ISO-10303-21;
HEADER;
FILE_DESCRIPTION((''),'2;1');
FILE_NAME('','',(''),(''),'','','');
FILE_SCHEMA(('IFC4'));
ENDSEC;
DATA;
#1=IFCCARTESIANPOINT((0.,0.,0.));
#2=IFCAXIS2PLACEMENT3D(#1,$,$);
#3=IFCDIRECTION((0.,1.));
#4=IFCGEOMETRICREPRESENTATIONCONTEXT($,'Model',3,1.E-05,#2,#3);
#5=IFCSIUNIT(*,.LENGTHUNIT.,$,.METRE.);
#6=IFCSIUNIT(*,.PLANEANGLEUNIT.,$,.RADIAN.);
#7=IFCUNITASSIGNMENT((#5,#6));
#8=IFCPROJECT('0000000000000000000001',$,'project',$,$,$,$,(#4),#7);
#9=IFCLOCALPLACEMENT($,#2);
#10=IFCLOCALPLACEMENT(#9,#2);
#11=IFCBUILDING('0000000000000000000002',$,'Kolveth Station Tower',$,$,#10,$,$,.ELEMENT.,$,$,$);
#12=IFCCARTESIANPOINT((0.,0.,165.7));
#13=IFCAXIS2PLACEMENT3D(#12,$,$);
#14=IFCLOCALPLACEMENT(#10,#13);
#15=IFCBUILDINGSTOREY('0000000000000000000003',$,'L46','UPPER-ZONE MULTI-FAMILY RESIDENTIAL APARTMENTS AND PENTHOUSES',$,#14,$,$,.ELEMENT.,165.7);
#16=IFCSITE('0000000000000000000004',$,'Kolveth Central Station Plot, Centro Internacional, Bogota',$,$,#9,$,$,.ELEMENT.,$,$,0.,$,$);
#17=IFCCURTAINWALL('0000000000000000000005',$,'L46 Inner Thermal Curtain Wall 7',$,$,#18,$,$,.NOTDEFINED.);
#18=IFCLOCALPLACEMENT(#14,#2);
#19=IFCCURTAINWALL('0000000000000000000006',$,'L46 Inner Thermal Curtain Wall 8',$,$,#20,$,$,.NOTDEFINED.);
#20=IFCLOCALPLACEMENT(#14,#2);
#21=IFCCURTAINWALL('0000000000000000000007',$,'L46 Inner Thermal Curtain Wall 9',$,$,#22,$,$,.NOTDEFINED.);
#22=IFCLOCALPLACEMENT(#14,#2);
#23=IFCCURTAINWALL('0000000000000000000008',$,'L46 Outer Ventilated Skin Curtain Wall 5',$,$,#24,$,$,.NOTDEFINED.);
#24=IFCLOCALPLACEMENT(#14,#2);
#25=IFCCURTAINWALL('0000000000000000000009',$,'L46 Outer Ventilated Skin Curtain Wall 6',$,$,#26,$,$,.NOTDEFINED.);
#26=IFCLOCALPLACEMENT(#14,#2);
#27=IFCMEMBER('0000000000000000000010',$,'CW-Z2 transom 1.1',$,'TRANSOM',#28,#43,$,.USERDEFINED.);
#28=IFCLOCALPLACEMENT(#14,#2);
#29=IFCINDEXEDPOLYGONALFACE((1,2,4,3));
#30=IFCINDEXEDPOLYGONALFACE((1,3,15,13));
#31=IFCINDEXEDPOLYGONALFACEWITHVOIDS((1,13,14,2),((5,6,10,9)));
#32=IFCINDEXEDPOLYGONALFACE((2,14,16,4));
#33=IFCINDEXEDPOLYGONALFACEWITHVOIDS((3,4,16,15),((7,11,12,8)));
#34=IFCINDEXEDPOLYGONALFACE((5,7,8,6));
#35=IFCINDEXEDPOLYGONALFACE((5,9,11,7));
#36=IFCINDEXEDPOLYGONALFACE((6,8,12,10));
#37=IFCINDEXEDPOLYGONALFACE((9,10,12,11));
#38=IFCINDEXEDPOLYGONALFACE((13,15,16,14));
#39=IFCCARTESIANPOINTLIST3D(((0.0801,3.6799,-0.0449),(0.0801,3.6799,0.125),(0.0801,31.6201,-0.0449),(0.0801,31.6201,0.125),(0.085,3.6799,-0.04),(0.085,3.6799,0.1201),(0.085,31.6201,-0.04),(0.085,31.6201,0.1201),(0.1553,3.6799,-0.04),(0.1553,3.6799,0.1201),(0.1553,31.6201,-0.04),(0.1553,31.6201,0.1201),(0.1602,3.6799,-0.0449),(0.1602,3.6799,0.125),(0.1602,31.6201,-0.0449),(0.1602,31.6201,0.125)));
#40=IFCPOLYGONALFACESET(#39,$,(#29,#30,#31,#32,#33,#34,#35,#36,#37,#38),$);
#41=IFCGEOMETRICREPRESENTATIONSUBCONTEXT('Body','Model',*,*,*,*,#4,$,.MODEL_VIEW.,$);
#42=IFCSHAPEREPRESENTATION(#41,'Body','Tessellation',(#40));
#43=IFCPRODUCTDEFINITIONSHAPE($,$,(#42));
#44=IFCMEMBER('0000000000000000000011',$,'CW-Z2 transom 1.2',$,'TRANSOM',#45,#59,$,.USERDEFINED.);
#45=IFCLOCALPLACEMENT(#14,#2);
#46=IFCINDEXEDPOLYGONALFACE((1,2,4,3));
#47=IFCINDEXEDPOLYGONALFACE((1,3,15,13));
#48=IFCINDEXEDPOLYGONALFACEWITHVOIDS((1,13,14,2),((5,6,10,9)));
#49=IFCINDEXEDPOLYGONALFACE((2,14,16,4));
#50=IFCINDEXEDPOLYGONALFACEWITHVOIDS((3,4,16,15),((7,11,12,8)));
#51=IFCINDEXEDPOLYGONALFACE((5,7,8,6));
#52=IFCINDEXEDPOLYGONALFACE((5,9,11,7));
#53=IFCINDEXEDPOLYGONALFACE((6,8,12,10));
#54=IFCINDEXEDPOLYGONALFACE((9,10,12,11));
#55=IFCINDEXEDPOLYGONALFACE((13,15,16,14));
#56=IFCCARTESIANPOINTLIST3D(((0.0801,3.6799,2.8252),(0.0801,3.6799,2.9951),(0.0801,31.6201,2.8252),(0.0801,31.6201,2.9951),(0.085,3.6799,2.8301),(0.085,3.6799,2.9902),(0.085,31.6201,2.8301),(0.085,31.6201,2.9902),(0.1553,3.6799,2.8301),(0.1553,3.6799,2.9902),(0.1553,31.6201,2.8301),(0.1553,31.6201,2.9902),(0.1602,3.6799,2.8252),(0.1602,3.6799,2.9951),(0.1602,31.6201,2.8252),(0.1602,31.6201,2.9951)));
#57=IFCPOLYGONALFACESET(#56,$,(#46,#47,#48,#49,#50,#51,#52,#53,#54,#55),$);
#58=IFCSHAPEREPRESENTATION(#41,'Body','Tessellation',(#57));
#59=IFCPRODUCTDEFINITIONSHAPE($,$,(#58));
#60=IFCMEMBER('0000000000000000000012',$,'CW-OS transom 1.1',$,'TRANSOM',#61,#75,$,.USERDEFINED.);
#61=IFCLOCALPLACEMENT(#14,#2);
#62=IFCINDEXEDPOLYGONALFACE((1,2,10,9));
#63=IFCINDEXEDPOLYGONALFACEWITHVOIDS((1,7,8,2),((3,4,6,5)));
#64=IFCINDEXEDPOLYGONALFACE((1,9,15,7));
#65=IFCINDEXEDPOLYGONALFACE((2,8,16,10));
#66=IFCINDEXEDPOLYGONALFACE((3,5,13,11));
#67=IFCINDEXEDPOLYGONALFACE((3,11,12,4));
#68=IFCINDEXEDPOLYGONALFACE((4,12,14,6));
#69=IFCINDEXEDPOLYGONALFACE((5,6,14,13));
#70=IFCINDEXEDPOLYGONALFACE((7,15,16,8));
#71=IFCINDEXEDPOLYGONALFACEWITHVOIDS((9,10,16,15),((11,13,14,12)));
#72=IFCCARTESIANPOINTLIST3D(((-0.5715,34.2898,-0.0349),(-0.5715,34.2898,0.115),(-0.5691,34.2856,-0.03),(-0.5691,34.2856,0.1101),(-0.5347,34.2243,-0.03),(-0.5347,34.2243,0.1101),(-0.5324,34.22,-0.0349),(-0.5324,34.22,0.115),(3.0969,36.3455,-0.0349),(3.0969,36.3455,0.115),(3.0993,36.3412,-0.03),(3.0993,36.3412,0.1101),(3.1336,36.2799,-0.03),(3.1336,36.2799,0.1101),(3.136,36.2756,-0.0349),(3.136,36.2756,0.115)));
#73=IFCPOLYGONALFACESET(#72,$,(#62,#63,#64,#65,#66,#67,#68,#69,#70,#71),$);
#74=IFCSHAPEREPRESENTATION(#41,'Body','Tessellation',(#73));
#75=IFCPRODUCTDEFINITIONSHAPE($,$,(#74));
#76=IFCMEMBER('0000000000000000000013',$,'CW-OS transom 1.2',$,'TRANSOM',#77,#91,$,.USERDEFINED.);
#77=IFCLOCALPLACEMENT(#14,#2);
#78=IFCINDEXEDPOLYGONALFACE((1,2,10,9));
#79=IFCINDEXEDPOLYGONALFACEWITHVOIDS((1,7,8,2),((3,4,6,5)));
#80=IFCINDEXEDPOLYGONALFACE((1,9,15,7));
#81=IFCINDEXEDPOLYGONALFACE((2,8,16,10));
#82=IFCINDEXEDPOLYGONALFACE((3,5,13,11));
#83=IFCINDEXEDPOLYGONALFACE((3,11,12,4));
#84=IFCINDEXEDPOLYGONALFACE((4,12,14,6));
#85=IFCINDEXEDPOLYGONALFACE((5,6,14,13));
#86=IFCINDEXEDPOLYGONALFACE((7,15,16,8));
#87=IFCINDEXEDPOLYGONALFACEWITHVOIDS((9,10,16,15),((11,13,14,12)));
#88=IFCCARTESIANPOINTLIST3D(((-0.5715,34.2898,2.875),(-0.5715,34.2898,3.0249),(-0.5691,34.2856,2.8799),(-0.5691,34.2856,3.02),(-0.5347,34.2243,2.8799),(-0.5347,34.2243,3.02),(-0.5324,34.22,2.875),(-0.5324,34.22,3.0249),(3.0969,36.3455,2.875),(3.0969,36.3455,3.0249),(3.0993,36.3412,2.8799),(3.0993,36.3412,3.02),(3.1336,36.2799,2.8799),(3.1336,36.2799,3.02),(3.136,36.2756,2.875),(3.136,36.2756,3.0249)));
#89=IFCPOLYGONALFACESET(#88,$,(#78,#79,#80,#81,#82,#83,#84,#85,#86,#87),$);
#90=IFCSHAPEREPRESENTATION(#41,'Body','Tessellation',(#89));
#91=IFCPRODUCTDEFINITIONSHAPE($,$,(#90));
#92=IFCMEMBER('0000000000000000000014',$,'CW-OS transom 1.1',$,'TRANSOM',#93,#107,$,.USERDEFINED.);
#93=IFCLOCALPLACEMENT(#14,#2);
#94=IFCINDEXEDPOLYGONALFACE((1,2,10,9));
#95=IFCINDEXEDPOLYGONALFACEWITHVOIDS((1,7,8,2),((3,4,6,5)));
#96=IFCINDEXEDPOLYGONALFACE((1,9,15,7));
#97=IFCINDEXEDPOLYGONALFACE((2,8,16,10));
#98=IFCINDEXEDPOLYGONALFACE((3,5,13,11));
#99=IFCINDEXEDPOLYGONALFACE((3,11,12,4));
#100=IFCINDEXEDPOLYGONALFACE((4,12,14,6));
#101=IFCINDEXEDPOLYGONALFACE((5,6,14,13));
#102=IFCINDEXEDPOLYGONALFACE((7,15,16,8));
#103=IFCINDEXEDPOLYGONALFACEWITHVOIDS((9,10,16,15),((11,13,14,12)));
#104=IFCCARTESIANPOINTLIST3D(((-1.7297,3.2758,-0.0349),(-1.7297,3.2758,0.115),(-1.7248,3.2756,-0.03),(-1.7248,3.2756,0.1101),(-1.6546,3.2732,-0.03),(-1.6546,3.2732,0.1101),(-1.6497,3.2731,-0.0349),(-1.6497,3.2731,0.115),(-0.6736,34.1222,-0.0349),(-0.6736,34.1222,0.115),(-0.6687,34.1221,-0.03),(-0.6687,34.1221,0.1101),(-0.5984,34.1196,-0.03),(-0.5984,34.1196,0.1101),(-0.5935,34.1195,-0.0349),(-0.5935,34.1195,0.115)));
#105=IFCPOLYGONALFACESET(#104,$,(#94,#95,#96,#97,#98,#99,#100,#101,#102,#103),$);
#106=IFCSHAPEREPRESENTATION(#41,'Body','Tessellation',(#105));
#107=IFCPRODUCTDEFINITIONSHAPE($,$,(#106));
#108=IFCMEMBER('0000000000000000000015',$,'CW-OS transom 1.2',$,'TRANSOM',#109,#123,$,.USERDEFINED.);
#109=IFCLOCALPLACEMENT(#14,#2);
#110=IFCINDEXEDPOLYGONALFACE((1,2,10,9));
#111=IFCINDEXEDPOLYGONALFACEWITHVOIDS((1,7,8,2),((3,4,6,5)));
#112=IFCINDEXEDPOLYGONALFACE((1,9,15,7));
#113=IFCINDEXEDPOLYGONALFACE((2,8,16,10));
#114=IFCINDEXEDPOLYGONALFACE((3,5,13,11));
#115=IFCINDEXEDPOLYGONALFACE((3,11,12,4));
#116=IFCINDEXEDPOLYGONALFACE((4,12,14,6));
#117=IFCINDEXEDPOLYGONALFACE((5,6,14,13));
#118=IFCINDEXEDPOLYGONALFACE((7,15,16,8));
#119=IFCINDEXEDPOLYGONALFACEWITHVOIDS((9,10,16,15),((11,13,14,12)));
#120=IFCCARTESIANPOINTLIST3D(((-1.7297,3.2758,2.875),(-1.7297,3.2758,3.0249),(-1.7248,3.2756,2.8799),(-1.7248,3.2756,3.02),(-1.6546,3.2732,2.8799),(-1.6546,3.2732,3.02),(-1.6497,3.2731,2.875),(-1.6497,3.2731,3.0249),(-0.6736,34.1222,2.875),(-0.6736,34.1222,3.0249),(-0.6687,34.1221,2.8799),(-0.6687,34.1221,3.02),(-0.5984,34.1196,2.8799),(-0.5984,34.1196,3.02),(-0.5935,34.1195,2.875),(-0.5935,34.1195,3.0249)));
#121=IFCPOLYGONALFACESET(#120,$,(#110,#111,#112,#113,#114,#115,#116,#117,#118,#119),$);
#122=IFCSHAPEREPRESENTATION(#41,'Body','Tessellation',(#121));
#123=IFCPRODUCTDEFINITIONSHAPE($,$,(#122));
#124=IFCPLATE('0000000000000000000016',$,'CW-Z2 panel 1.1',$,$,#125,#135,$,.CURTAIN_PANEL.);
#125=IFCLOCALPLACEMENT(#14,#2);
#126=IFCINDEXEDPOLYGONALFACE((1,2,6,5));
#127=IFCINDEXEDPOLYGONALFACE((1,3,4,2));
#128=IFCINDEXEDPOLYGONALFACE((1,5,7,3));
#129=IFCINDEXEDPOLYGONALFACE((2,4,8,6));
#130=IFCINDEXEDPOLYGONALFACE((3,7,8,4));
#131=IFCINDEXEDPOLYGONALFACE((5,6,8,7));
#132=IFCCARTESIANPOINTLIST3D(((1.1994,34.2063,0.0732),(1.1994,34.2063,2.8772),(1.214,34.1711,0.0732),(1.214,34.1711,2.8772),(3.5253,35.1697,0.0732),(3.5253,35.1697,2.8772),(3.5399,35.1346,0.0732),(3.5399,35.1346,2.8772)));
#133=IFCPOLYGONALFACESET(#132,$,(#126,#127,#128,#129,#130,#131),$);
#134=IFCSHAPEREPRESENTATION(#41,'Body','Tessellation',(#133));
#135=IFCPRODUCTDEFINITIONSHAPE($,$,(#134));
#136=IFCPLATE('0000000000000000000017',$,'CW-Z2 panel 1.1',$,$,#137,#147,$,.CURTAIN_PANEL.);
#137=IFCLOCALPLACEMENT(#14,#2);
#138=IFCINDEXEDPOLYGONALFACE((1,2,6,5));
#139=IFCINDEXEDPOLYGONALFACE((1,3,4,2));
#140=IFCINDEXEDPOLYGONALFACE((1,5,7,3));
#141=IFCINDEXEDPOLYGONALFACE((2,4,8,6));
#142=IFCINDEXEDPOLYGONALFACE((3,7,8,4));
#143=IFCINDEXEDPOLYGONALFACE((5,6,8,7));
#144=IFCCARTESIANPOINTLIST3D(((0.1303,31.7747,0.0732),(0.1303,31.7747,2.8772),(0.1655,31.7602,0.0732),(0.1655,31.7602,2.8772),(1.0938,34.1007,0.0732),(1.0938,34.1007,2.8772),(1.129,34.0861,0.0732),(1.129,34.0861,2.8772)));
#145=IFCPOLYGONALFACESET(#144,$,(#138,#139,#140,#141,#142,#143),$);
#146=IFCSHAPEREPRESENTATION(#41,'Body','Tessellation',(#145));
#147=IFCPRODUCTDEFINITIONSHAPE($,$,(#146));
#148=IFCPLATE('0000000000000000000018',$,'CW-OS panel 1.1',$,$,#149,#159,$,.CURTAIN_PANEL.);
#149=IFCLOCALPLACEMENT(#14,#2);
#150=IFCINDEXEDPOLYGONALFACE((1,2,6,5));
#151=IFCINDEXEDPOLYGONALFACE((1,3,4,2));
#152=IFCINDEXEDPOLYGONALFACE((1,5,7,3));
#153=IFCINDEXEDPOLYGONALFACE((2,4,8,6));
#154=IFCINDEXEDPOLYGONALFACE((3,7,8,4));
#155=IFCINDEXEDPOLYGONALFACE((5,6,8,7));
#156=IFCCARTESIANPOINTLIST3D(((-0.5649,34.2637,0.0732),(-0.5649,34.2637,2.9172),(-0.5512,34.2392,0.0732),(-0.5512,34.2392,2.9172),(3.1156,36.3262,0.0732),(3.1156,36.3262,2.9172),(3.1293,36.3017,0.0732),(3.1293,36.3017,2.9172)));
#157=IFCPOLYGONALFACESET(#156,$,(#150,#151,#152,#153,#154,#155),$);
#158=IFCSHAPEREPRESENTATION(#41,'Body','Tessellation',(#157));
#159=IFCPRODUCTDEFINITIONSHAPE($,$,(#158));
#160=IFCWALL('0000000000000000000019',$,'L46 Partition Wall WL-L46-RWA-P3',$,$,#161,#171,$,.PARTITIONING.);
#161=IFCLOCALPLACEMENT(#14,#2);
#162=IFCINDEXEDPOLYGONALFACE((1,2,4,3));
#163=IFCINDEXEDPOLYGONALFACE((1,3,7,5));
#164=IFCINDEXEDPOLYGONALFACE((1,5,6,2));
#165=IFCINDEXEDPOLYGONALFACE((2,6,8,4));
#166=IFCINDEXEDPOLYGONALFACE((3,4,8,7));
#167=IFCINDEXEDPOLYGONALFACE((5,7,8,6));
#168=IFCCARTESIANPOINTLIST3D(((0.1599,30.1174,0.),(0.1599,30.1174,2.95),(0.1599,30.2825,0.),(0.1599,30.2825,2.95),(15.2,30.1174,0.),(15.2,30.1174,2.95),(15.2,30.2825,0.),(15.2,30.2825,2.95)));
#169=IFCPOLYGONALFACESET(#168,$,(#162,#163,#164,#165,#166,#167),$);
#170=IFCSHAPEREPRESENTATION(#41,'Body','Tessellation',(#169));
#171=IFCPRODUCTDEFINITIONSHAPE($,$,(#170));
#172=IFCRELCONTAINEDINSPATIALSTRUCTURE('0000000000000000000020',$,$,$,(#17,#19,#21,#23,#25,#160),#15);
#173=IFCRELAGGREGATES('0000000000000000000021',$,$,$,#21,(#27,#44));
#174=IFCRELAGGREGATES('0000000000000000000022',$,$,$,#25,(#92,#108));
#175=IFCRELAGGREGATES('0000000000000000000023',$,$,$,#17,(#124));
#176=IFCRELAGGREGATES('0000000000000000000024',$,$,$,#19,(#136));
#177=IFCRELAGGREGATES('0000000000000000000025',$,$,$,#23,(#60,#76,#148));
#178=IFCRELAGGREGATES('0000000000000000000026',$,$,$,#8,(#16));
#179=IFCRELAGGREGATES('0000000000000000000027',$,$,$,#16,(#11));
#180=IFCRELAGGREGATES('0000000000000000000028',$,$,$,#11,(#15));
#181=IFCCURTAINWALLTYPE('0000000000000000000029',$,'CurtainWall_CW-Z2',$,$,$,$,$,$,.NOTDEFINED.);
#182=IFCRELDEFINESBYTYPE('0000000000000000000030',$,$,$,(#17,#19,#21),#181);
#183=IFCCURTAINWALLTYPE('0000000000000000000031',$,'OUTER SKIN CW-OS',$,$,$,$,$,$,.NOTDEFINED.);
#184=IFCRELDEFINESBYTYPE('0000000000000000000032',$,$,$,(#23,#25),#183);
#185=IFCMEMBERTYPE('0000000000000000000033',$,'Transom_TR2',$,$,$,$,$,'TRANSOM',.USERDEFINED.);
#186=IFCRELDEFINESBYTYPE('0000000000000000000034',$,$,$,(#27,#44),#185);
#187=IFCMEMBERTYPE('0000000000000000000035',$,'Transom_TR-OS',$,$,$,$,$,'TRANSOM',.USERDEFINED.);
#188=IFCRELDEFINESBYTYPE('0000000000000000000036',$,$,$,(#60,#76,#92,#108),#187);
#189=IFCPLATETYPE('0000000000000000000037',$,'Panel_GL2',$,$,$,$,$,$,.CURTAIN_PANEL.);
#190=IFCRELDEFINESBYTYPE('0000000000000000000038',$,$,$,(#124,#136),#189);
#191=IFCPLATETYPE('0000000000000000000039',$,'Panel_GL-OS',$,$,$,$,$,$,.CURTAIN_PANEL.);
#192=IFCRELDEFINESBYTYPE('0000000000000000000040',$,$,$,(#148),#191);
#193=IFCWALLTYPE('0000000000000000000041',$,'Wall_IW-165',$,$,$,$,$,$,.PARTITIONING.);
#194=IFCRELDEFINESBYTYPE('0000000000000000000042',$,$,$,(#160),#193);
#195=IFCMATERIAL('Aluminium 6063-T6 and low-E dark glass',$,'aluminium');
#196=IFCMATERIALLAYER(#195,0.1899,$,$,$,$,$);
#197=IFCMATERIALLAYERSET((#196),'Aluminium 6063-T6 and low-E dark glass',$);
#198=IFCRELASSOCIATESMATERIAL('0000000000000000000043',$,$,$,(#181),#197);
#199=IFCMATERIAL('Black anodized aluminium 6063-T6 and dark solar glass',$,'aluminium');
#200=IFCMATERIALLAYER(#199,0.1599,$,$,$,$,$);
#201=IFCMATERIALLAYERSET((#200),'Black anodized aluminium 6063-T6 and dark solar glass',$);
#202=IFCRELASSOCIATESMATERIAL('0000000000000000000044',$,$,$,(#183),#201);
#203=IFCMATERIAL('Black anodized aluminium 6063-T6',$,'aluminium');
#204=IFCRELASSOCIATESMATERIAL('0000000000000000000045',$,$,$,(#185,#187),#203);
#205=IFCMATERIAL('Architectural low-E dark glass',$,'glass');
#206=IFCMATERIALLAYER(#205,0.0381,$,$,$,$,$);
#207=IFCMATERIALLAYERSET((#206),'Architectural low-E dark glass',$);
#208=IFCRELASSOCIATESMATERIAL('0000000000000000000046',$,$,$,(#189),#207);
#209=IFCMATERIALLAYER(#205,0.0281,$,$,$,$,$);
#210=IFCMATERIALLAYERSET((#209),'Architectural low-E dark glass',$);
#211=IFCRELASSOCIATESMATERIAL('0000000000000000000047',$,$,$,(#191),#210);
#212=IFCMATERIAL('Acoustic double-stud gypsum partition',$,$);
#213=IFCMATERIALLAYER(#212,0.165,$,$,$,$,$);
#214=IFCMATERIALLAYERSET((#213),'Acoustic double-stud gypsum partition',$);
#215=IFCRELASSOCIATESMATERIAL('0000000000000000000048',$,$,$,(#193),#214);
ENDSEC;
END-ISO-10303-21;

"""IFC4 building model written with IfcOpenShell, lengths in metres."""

from ifc_helpers import new_model, si_unit, direction, frame, frame_2d, origin, origin_2d, place, context, subcontext, project, spatial, rectangle, hollow_rectangle, extrude, source, transform, mapped, material, layer, layer_set, material_profile, profile_set, type_object, element, aggregate, save


model = new_model("IFC4")

# Units and contexts
model_context = context("Model", 3, precision=1e-05, world=origin(), true_north=direction((0.0, 1.0)))
body_context = subcontext(model_context, "Body", "Model", "MODEL_VIEW")
ifc_project = project(units=[si_unit("LENGTHUNIT", "METRE"), si_unit("PLANEANGLEUNIT", "RADIAN")], contexts=[model_context])

# Site, building, storey
site_placement = place(None, origin())
site = spatial("IfcSite", under=ifc_project, at=site_placement, Name="Kolveth Central Station Plot, Centro Internacional, Bogota", CompositionType="ELEMENT", RefElevation=0.0)
building_placement = place(site_placement, origin())
building = spatial("IfcBuilding", under=site, at=building_placement, Name="Kolveth Station Tower", CompositionType="ELEMENT")
storey_placement = place(building_placement, frame((0.0, 0.0, 165.7)))
storey = spatial("IfcBuildingStorey", under=building, at=storey_placement, Name="L46", Description="UPPER-ZONE MULTI-FAMILY RESIDENTIAL APARTMENTS AND PENTHOUSES", CompositionType="ELEMENT", Elevation=165.7)

# Curtain wall
ifc_material_1 = material(Name="Aluminium 6063-T6 and low-E dark glass", Category="aluminium")
ifc_layer_1 = layer(ifc_material_1, 0.1899)
ifc_layer_set_1 = layer_set([ifc_layer_1], Name="Aluminium 6063-T6 and low-E dark glass")
curtain_wall_type_1 = type_object("IfcCurtainWallType", Name="CurtainWall_CW-Z2", PredefinedType="NOTDEFINED", material=ifc_layer_set_1)
curtain_wall_1_placement = place(storey_placement, origin())
curtain_wall_1 = element("IfcCurtainWall", 1, at=curtain_wall_1_placement, inside=storey, type_object=curtain_wall_type_1, Name="L46 Inner Thermal Curtain Wall 7", PredefinedType="NOTDEFINED")
ifc_material_2 = material(Name="Black anodized aluminium 6063-T6", Category="aluminium")

# Curtain wall
curtain_wall_2_placement = place(storey_placement, origin())
curtain_wall_2 = element("IfcCurtainWall", 2, at=curtain_wall_2_placement, inside=storey, type_object=curtain_wall_type_1, Name="L46 Inner Thermal Curtain Wall 8", PredefinedType="NOTDEFINED")

# Curtain wall
curtain_wall_3_placement = place(storey_placement, origin())
curtain_wall_3 = element("IfcCurtainWall", 3, at=curtain_wall_3_placement, inside=storey, type_object=curtain_wall_type_1, Name="L46 Inner Thermal Curtain Wall 9", PredefinedType="NOTDEFINED")
ifc_material_3 = material(Name="Black anodized aluminium 6063-T6 and dark solar glass", Category="aluminium")
ifc_layer_2 = layer(ifc_material_3, 0.1599)
ifc_layer_set_2 = layer_set([ifc_layer_2], Name="Black anodized aluminium 6063-T6 and dark solar glass")
curtain_wall_type_2 = type_object("IfcCurtainWallType", Name="OUTER SKIN CW-OS", PredefinedType="NOTDEFINED", material=ifc_layer_set_2)

# Curtain wall
curtain_wall_4_placement = place(storey_placement, origin())
curtain_wall_4 = element("IfcCurtainWall", 4, at=curtain_wall_4_placement, inside=storey, type_object=curtain_wall_type_2, Name="L46 Outer Ventilated Skin Curtain Wall 5", PredefinedType="NOTDEFINED")

# Curtain wall
curtain_wall_5_placement = place(storey_placement, origin())
curtain_wall_5 = element("IfcCurtainWall", 5, at=curtain_wall_5_placement, inside=storey, type_object=curtain_wall_type_2, Name="L46 Outer Ventilated Skin Curtain Wall 6", PredefinedType="NOTDEFINED")

# Members
ifc_material_profile_1 = material_profile(ifc_material_2, hollow_rectangle(XDim=0.0801, YDim=0.1699, WallThickness=0.0049, at=origin_2d()), Name="ALU-80x170x5")
ifc_profile_set_1 = profile_set([ifc_material_profile_1], Name="Black anodized aluminium 6063-T6")
member_type_1 = type_object("IfcMemberType", Name="Transom_TR2", ElementType="TRANSOM", PredefinedType="USERDEFINED", material=ifc_profile_set_1)
shared_shape_1 = source(origin(), body_context, "Body", "SweptSolid", [
    extrude(hollow_rectangle(XDim=0.0801, YDim=0.1699, WallThickness=0.0049, at=origin_2d()), origin(), (0.0, 0.0, 1.0), 27.9402),
])
member_1_placement = place(storey_placement, frame((0.1201, 31.6201, 0.04), z_axis=(0.0, -1.0, 0.0), x_axis=(1.0, 0.0, 0.0)))
member_1 = element("IfcMember", 6, at=member_1_placement, type_object=member_type_1, Name="CW-Z2 transom 1.1", ObjectType="TRANSOM", PredefinedType="USERDEFINED", context=body_context, shape_type="MappedRepresentation", body=[
    mapped(shared_shape_1, transform((0.0, 0.0, 0.0), x_axis=(1.0, 0.0, 0.0), y_axis=(0.0, 1.0, 0.0), z_axis=(0.0, 0.0, 1.0), scale=1.0)),
])
member_2_placement = place(storey_placement, frame((0.1201, 31.6201, 2.9102), z_axis=(0.0, -1.0, 0.0), x_axis=(1.0, 0.0, 0.0)))
member_2 = element("IfcMember", 7, at=member_2_placement, type_object=member_type_1, Name="CW-Z2 transom 1.2", ObjectType="TRANSOM", PredefinedType="USERDEFINED", context=body_context, shape_type="MappedRepresentation", body=[
    mapped(shared_shape_1, transform((0.0, 0.0, 0.0), x_axis=(1.0, 0.0, 0.0), y_axis=(0.0, 1.0, 0.0), z_axis=(0.0, 0.0, 1.0), scale=1.0)),
])
aggregate(curtain_wall_3, [member_1, member_2])
ifc_material_profile_2 = material_profile(ifc_material_2, hollow_rectangle(XDim=0.0801, YDim=0.1499, WallThickness=0.0049, at=origin_2d()), Name="ALU-80x150x5")
ifc_profile_set_2 = profile_set([ifc_material_profile_2], Name="Black anodized aluminium 6063-T6")
member_type_2 = type_object("IfcMemberType", Name="Transom_TR-OS", ElementType="TRANSOM", PredefinedType="USERDEFINED", material=ifc_profile_set_2)
shared_shape_2 = source(origin(), body_context, "Body", "SweptSolid", [
    extrude(hollow_rectangle(XDim=0.0801, YDim=0.1499, WallThickness=0.0049, at=origin_2d()), origin(), (0.0, 0.0, 1.0), 4.2051),
])
member_3_placement = place(storey_placement, frame((3.1165, 36.3105, 0.04), z_axis=(-0.872371, -0.488844, 0.0), x_axis=(0.488844, -0.872371, 0.0)))
member_3 = element("IfcMember", 8, at=member_3_placement, type_object=member_type_2, Name="CW-OS transom 1.1", ObjectType="TRANSOM", PredefinedType="USERDEFINED", context=body_context, shape_type="MappedRepresentation", body=[
    mapped(shared_shape_2, transform((0.0, 0.0, 0.0), x_axis=(1.0, 0.0, 0.0), y_axis=(0.0, 1.0, 0.0), z_axis=(0.0, 0.0, 1.0), scale=1.0)),
])
member_4_placement = place(storey_placement, frame((3.1165, 36.3105, 2.95), z_axis=(-0.872371, -0.488844, 0.0), x_axis=(0.488844, -0.872371, 0.0)))
member_4 = element("IfcMember", 9, at=member_4_placement, type_object=member_type_2, Name="CW-OS transom 1.2", ObjectType="TRANSOM", PredefinedType="USERDEFINED", context=body_context, shape_type="MappedRepresentation", body=[
    mapped(shared_shape_2, transform((0.0, 0.0, 0.0), x_axis=(1.0, 0.0, 0.0), y_axis=(0.0, 1.0, 0.0), z_axis=(0.0, 0.0, 1.0), scale=1.0)),
])
shared_shape_3 = source(origin(), body_context, "Body", "SweptSolid", [
    extrude(hollow_rectangle(XDim=0.0801, YDim=0.1499, WallThickness=0.0049, at=origin_2d()), origin(), (0.0, 0.0, 1.0), 30.8645),
])
member_5_placement = place(storey_placement, frame((-0.6335, 34.1208, 0.04), z_axis=(-0.034219, -0.999414, 0.0), x_axis=(0.999414, -0.034219, 0.0)))
member_5 = element("IfcMember", 10, at=member_5_placement, type_object=member_type_2, Name="CW-OS transom 1.1", ObjectType="TRANSOM", PredefinedType="USERDEFINED", context=body_context, shape_type="MappedRepresentation", body=[
    mapped(shared_shape_3, transform((0.0, 0.0, 0.0), x_axis=(1.0, 0.0, 0.0), y_axis=(0.0, 1.0, 0.0), z_axis=(0.0, 0.0, 1.0), scale=1.0)),
])
member_6_placement = place(storey_placement, frame((-0.6335, 34.1208, 2.95), z_axis=(-0.034219, -0.999414, 0.0), x_axis=(0.999414, -0.034219, 0.0)))
member_6 = element("IfcMember", 11, at=member_6_placement, type_object=member_type_2, Name="CW-OS transom 1.2", ObjectType="TRANSOM", PredefinedType="USERDEFINED", context=body_context, shape_type="MappedRepresentation", body=[
    mapped(shared_shape_3, transform((0.0, 0.0, 0.0), x_axis=(1.0, 0.0, 0.0), y_axis=(0.0, 1.0, 0.0), z_axis=(0.0, 0.0, 1.0), scale=1.0)),
])
aggregate(curtain_wall_5, [member_5, member_6])

# Plates
ifc_material_4 = material(Name="Architectural low-E dark glass", Category="glass")
ifc_layer_3 = layer(ifc_material_4, 0.0381)
ifc_layer_set_3 = layer_set([ifc_layer_3], Name="Architectural low-E dark glass")
plate_type_1 = type_object("IfcPlateType", Name="Panel_GL2", PredefinedType="CURTAIN_PANEL", material=ifc_layer_set_3)
shared_shape_4 = source(origin(), body_context, "Body", "SweptSolid", [
    extrude(rectangle(XDim=2.5176, YDim=0.0381, at=origin_2d()), origin(), (0.0, 0.0, 1.0), 2.804),
])
plate_1_placement = place(storey_placement, frame((2.3696, 34.6704, 0.0732), z_axis=(0.0, 0.0, 1.0), x_axis=(-0.923874, -0.382698, 0.0)))
plate_1 = element("IfcPlate", 12, at=plate_1_placement, type_object=plate_type_1, Name="CW-Z2 panel 1.1", PredefinedType="CURTAIN_PANEL", context=body_context, shape_type="MappedRepresentation", body=[
    mapped(shared_shape_4, transform((0.0, 0.0, 0.0), x_axis=(1.0, 0.0, 0.0), y_axis=(0.0, 1.0, 0.0), z_axis=(0.0, 0.0, 1.0), scale=1.0)),
])
aggregate(curtain_wall_1, [plate_1])
plate_2_placement = place(storey_placement, frame((0.6296, 32.9304, 0.0732), z_axis=(0.0, 0.0, 1.0), x_axis=(-0.382698, -0.923874, 0.0)))
plate_2 = element("IfcPlate", 13, at=plate_2_placement, type_object=plate_type_1, Name="CW-Z2 panel 1.1", PredefinedType="CURTAIN_PANEL", context=body_context, shape_type="MappedRepresentation", body=[
    mapped(shared_shape_4, transform((0.0, 0.0, 0.0), x_axis=(1.0, 0.0, 0.0), y_axis=(0.0, 1.0, 0.0), z_axis=(0.0, 0.0, 1.0), scale=1.0)),
])
aggregate(curtain_wall_2, [plate_2])
ifc_layer_4 = layer(ifc_material_4, 0.0281)
ifc_layer_set_4 = layer_set([ifc_layer_4], Name="Architectural low-E dark glass")
plate_type_2 = type_object("IfcPlateType", Name="Panel_GL-OS", PredefinedType="CURTAIN_PANEL", material=ifc_layer_set_4)
shared_shape_5 = source(origin(), body_context, "Body", "SweptSolid", [
    extrude(rectangle(XDim=4.219, YDim=0.0281, at=origin_2d()), origin(), (0.0, 0.0, 1.0), 2.844),
])
plate_3_placement = place(storey_placement, frame((1.2822, 35.2827, 0.0732), z_axis=(0.0, 0.0, 1.0), x_axis=(-0.872367, -0.488852, 0.0)))
plate_3 = element("IfcPlate", 14, at=plate_3_placement, type_object=plate_type_2, Name="CW-OS panel 1.1", PredefinedType="CURTAIN_PANEL", context=body_context, shape_type="MappedRepresentation", body=[
    mapped(shared_shape_5, transform((0.0, 0.0, 0.0), x_axis=(1.0, 0.0, 0.0), y_axis=(0.0, 1.0, 0.0), z_axis=(0.0, 0.0, 1.0), scale=1.0)),
])
aggregate(curtain_wall_4, [member_3, member_4, plate_3])

# Wall
ifc_material_5 = material(Name="Acoustic double-stud gypsum partition")
ifc_layer_5 = layer(ifc_material_5, 0.165)
ifc_layer_set_5 = layer_set([ifc_layer_5], Name="Acoustic double-stud gypsum partition")
wall_type = type_object("IfcWallType", Name="Wall_IW-165", PredefinedType="PARTITIONING", material=ifc_layer_set_5)
wall_placement = place(storey_placement, frame((0.1599, 30.2, 0.0), z_axis=(0.0, 0.0, 1.0), x_axis=(1.0, 0.0, 0.0)))
element("IfcWall", 15, at=wall_placement, inside=storey, type_object=wall_type, Name="L46 Partition Wall WL-L46-RWA-P3", PredefinedType="PARTITIONING", context=body_context, shape_type="SweptSolid", body=[
    extrude(rectangle(XDim=15.04, YDim=0.165, at=frame_2d((7.52, 0.0))), origin(), (0.0, 0.0, 1.0), 2.95),
])

save(model, "model.ifc")
